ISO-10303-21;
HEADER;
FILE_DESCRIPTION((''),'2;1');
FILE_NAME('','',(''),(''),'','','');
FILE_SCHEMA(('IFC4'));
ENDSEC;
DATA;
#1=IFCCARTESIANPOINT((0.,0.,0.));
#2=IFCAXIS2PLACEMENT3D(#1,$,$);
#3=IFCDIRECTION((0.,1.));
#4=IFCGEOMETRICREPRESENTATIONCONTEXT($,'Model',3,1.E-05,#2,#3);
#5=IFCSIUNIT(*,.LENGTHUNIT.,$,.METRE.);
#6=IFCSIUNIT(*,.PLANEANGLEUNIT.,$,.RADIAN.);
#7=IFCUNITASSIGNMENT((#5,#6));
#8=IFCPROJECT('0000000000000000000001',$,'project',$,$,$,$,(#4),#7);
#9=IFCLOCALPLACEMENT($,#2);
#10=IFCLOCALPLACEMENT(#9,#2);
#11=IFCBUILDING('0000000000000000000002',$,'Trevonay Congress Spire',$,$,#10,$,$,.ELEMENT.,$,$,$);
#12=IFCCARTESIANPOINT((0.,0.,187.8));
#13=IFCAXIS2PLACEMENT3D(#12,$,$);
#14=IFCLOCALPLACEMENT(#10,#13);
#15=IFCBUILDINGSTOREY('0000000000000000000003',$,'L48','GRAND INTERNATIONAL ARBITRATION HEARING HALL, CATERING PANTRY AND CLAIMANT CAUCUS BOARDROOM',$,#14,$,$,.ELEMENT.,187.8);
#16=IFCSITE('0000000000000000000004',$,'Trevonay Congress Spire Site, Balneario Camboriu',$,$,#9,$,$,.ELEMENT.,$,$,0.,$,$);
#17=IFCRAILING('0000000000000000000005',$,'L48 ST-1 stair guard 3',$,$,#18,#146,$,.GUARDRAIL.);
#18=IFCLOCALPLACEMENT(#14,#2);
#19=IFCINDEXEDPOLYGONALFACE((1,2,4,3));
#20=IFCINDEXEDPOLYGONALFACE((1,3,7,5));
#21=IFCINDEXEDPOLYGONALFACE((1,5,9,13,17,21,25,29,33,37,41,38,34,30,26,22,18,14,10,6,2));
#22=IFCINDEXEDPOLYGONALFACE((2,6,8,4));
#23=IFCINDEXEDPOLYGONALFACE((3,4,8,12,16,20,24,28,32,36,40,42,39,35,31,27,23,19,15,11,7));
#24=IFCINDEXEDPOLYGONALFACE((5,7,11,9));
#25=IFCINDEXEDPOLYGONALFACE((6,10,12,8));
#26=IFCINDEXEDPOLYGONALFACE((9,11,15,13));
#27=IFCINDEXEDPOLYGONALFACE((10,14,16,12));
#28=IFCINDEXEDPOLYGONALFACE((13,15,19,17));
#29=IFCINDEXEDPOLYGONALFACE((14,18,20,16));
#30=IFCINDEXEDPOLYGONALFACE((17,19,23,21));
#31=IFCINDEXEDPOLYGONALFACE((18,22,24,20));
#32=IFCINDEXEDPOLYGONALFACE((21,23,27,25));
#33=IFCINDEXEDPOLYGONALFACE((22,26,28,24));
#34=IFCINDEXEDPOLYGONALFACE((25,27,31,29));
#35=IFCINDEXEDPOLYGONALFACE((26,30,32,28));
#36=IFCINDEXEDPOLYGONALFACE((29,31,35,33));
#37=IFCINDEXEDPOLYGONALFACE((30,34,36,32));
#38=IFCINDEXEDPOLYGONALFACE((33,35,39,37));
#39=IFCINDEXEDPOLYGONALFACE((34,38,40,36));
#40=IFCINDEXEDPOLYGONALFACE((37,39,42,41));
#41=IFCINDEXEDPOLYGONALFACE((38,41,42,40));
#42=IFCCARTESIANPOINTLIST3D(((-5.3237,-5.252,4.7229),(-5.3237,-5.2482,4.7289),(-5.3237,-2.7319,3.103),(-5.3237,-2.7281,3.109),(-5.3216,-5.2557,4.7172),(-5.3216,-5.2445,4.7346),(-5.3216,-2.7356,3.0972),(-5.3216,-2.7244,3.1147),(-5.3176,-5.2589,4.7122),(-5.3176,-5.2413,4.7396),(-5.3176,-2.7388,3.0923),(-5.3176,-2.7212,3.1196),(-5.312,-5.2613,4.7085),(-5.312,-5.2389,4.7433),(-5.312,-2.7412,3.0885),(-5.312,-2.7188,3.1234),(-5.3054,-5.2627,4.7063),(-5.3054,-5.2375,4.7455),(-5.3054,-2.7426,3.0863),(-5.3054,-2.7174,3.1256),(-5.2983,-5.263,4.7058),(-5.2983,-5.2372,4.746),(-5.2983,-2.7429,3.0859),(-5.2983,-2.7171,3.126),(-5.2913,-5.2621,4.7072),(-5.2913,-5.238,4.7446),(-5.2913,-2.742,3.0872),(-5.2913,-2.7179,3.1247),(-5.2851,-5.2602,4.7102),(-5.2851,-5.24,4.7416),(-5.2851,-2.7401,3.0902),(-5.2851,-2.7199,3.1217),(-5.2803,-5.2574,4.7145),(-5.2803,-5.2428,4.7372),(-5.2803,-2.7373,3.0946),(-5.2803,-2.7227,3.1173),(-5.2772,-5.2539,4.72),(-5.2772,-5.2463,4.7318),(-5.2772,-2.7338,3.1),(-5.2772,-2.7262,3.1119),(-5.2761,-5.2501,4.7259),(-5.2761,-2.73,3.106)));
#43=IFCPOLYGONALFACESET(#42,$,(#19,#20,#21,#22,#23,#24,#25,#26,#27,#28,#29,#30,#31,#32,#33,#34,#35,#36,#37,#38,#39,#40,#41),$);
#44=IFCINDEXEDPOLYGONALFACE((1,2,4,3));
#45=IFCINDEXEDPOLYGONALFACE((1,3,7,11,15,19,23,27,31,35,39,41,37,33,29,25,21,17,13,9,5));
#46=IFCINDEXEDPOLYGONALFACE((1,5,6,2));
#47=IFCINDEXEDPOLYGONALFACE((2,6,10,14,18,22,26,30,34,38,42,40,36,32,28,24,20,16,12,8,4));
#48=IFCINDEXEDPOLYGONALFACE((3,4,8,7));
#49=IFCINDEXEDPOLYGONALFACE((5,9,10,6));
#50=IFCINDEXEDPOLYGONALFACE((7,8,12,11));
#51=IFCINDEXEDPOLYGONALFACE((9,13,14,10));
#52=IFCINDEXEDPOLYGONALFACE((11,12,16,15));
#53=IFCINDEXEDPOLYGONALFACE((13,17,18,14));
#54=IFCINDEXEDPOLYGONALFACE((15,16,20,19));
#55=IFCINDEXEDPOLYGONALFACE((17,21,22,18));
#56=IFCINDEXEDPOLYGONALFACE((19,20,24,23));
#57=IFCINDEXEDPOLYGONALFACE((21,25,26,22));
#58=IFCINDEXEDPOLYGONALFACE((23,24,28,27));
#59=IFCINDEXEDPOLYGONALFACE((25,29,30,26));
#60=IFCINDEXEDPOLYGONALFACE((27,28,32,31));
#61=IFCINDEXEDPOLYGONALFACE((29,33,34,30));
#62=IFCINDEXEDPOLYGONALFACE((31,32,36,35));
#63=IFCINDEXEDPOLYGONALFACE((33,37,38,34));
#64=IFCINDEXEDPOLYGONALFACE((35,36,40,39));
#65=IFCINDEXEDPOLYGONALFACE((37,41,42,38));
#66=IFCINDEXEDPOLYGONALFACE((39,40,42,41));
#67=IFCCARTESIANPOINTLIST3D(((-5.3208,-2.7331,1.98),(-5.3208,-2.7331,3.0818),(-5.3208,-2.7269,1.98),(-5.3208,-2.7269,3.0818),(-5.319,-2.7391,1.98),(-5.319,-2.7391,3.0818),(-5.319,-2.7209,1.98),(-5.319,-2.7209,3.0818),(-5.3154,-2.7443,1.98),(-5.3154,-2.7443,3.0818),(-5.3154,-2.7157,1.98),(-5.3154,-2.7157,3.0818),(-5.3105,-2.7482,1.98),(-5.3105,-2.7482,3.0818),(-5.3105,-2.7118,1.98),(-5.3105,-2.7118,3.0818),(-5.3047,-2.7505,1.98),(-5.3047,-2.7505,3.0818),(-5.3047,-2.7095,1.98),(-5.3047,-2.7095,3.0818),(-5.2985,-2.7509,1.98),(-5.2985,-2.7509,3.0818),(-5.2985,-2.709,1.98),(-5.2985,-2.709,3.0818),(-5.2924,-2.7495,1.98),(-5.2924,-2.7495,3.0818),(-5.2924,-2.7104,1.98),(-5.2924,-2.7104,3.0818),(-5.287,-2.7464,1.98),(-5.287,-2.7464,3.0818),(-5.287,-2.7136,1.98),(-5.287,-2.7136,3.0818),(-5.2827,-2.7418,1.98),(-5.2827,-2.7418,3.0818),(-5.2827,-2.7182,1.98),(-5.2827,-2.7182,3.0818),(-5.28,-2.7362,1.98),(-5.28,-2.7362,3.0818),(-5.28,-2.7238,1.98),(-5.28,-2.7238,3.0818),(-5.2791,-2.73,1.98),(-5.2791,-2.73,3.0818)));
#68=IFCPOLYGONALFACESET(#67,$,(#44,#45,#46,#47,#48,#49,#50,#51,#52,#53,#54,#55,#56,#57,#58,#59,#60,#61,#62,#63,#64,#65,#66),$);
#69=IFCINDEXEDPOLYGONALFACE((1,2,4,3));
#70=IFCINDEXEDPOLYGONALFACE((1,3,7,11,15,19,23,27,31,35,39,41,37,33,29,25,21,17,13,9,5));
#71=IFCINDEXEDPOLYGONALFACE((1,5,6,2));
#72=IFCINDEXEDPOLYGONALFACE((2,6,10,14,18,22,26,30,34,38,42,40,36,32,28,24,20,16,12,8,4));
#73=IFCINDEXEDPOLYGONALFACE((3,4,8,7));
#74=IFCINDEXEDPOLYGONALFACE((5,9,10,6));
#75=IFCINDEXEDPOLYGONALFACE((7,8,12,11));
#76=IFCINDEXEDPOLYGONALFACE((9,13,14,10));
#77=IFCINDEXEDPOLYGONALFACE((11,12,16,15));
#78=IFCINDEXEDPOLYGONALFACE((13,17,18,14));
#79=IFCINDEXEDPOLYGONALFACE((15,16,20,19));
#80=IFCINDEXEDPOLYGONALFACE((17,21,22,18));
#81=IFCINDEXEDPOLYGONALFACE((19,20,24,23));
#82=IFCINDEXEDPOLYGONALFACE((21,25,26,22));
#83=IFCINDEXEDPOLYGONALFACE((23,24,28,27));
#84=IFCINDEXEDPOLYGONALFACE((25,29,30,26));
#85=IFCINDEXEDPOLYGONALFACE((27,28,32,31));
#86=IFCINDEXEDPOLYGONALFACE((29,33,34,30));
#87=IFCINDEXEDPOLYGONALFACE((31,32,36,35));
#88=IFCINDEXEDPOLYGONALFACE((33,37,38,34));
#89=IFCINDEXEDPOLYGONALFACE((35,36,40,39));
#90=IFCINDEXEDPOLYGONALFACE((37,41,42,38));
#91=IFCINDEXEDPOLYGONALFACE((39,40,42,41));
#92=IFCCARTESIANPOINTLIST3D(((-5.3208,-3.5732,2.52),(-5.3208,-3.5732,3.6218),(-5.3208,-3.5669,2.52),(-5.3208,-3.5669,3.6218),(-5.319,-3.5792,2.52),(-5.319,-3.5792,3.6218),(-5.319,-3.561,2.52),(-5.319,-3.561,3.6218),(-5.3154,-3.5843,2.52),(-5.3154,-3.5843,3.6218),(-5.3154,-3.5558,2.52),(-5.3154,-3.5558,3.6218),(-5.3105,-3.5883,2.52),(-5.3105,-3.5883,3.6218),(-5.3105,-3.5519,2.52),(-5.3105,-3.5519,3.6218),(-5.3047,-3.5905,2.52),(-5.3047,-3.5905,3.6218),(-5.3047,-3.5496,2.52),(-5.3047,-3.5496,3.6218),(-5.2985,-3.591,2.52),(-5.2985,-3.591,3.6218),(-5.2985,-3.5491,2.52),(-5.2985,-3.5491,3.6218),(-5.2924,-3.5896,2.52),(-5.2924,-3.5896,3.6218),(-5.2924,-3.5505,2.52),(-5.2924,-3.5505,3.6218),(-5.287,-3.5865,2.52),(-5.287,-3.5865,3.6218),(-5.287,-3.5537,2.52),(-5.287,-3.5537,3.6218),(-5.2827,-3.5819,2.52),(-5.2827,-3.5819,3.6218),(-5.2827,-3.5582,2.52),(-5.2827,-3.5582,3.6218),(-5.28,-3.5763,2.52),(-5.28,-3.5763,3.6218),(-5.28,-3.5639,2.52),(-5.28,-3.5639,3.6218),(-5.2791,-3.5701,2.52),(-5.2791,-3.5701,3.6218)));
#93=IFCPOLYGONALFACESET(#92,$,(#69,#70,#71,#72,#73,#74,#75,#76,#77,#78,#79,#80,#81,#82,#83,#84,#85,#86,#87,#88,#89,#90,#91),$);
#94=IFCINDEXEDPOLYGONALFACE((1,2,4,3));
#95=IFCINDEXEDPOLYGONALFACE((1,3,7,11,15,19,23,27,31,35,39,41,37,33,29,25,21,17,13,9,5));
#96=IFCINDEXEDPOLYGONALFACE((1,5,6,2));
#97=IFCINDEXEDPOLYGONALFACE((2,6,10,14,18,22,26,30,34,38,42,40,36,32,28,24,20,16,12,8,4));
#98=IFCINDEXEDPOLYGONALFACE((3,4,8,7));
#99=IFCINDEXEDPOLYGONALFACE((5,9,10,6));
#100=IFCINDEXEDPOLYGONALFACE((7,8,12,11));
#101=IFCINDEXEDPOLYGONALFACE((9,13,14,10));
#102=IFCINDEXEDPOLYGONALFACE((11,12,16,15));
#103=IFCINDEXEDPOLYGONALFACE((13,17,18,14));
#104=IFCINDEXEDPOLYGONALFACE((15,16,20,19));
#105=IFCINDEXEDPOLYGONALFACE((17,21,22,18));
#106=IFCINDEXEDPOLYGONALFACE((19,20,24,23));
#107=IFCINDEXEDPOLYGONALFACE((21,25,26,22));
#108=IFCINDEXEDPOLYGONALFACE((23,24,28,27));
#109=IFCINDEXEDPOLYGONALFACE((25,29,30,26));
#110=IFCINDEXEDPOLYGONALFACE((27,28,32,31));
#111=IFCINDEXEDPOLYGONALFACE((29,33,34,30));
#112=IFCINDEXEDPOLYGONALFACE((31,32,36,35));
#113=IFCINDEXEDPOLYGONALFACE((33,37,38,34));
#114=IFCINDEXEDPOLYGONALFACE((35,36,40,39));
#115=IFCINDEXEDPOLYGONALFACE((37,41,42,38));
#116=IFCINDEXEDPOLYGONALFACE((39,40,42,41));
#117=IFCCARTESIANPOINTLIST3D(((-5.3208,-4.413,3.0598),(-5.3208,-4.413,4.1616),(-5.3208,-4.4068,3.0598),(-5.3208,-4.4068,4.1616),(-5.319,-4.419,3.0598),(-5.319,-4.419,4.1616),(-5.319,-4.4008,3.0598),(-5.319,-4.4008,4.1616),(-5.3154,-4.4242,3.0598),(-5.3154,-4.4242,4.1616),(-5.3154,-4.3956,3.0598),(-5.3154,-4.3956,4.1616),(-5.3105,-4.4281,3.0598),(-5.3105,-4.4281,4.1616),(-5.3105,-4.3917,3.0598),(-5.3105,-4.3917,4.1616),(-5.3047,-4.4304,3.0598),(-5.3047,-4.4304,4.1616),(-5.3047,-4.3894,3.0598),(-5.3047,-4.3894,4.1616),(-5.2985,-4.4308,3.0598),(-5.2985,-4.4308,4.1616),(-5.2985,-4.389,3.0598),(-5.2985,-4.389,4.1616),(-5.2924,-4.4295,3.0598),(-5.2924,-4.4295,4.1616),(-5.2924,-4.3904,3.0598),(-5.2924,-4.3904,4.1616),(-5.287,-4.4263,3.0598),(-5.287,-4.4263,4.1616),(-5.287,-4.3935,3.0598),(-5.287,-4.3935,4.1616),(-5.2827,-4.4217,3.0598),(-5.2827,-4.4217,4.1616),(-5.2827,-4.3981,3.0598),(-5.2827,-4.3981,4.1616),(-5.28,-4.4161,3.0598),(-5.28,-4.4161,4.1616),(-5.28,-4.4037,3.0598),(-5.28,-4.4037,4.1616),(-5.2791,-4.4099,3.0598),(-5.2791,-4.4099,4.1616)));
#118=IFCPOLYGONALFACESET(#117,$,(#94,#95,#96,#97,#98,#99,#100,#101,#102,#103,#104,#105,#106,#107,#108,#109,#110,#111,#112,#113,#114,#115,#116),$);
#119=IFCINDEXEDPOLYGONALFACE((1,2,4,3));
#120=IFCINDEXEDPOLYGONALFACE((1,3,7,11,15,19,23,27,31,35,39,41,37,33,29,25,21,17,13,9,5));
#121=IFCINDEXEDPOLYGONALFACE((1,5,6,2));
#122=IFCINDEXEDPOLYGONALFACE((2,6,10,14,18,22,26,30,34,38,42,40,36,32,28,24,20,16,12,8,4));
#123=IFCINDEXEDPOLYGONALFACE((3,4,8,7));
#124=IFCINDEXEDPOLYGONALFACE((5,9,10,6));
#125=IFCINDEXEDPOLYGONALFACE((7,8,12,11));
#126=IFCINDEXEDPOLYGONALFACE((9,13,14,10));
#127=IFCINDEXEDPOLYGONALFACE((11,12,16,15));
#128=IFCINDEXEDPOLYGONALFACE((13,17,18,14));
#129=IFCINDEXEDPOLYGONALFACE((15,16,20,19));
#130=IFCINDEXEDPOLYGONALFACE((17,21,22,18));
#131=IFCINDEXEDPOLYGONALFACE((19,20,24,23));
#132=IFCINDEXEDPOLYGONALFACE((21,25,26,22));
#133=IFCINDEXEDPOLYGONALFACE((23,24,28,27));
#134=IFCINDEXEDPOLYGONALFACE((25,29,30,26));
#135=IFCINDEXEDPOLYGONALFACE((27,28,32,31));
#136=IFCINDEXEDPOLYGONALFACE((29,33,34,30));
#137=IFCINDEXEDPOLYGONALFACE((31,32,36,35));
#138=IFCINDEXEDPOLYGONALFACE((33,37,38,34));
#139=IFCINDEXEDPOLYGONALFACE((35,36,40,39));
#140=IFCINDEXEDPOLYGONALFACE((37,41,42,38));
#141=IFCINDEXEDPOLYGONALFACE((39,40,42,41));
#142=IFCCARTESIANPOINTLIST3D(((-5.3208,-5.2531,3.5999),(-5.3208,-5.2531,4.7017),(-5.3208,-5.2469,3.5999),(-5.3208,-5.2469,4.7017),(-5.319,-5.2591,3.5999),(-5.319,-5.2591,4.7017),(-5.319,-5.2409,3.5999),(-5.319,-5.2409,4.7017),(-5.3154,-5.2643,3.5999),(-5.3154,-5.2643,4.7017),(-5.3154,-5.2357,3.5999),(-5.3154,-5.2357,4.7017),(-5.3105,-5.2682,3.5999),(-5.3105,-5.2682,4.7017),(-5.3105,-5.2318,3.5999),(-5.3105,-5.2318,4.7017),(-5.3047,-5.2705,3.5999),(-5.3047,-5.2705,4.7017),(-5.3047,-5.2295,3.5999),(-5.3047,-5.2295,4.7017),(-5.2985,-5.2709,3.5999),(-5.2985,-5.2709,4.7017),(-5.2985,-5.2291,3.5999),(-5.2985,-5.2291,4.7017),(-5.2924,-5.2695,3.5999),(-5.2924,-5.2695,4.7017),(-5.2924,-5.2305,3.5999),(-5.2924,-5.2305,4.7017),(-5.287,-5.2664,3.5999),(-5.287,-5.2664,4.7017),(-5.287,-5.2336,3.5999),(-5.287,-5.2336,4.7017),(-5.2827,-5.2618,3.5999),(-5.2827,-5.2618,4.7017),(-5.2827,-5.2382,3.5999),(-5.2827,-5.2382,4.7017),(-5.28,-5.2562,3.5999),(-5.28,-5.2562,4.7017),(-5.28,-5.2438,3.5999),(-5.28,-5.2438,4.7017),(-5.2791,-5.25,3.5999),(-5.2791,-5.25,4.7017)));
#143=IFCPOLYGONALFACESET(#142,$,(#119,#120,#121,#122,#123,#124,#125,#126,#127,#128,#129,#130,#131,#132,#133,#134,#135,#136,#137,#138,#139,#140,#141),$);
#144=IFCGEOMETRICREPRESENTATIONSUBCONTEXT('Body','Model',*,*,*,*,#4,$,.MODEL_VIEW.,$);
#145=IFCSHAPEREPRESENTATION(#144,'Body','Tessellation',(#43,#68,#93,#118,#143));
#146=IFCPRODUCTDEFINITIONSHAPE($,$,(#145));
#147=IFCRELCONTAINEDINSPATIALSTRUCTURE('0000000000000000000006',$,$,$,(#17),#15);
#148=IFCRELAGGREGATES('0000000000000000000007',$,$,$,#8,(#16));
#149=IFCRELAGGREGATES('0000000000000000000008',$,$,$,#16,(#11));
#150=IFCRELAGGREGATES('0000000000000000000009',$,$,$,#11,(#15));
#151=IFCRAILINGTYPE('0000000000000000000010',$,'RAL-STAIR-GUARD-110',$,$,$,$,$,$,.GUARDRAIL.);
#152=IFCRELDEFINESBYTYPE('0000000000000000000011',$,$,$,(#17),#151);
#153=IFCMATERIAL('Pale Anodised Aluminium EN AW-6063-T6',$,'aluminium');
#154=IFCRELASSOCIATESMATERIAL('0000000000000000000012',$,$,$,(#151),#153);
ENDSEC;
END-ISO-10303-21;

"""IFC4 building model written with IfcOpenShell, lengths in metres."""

from ifc_helpers import new_model, si_unit, direction, frame, origin, origin_2d, place, context, subcontext, project, spatial, circle, extrude, material, type_object, element, save


model = new_model("IFC4")

# Units and contexts
model_context = context("Model", 3, precision=1e-05, world=origin(), true_north=direction((0.0, 1.0)))
body_context = subcontext(model_context, "Body", "Model", "MODEL_VIEW")
ifc_project = project(units=[si_unit("LENGTHUNIT", "METRE"), si_unit("PLANEANGLEUNIT", "RADIAN")], contexts=[model_context])

# Site, building, storey
site_placement = place(None, origin())
site = spatial("IfcSite", under=ifc_project, at=site_placement, Name="Trevonay Congress Spire Site, Balneario Camboriu", CompositionType="ELEMENT", RefElevation=0.0)
building_placement = place(site_placement, origin())
building = spatial("IfcBuilding", under=site, at=building_placement, Name="Trevonay Congress Spire", CompositionType="ELEMENT")
storey_placement = place(building_placement, frame((0.0, 0.0, 187.8)))
storey = spatial("IfcBuildingStorey", under=building, at=storey_placement, Name="L48", Description="GRAND INTERNATIONAL ARBITRATION HEARING HALL, CATERING PANTRY AND CLAIMANT CAUCUS BOARDROOM", CompositionType="ELEMENT", Elevation=187.8)

# Railing
ifc_material_1 = material(Name="Pale Anodised Aluminium EN AW-6063-T6", Category="aluminium")
railing_type_1 = type_object("IfcRailingType", Name="RAL-STAIR-GUARD-110", PredefinedType="GUARDRAIL", material=ifc_material_1)
railing_1_placement = place(storey_placement, frame((-5.3, -2.73, 1.98)))
element("IfcRailing", 1, at=railing_1_placement, inside=storey, type_object=railing_type_1, Name="L48 ST-1 stair guard 3", PredefinedType="GUARDRAIL", context=body_context, shape_type="SweptSolid", body=[
    extrude(circle(Radius=0.0239, at=origin_2d()), frame((0.0, 0.0, 1.126), z_axis=(0.0, -0.8412, 0.540725), x_axis=(1.0, 0.0, 0.0)), (0.0, 0.0, 1.0), 2.9958),
    extrude(circle(Radius=0.021, at=origin_2d()), origin(), (0.0, 0.0, 1.0), 1.1018),
    extrude(circle(Radius=0.021, at=origin_2d()), frame((0.0, -0.8401, 0.54)), (0.0, 0.0, 1.0), 1.1018),
    extrude(circle(Radius=0.021, at=origin_2d()), frame((0.0, -1.6799, 1.0798)), (0.0, 0.0, 1.0), 1.1018),
    extrude(circle(Radius=0.021, at=origin_2d()), frame((0.0, -2.52, 1.6199)), (0.0, 0.0, 1.0), 1.1018),
])

save(model, "model.ifc")
